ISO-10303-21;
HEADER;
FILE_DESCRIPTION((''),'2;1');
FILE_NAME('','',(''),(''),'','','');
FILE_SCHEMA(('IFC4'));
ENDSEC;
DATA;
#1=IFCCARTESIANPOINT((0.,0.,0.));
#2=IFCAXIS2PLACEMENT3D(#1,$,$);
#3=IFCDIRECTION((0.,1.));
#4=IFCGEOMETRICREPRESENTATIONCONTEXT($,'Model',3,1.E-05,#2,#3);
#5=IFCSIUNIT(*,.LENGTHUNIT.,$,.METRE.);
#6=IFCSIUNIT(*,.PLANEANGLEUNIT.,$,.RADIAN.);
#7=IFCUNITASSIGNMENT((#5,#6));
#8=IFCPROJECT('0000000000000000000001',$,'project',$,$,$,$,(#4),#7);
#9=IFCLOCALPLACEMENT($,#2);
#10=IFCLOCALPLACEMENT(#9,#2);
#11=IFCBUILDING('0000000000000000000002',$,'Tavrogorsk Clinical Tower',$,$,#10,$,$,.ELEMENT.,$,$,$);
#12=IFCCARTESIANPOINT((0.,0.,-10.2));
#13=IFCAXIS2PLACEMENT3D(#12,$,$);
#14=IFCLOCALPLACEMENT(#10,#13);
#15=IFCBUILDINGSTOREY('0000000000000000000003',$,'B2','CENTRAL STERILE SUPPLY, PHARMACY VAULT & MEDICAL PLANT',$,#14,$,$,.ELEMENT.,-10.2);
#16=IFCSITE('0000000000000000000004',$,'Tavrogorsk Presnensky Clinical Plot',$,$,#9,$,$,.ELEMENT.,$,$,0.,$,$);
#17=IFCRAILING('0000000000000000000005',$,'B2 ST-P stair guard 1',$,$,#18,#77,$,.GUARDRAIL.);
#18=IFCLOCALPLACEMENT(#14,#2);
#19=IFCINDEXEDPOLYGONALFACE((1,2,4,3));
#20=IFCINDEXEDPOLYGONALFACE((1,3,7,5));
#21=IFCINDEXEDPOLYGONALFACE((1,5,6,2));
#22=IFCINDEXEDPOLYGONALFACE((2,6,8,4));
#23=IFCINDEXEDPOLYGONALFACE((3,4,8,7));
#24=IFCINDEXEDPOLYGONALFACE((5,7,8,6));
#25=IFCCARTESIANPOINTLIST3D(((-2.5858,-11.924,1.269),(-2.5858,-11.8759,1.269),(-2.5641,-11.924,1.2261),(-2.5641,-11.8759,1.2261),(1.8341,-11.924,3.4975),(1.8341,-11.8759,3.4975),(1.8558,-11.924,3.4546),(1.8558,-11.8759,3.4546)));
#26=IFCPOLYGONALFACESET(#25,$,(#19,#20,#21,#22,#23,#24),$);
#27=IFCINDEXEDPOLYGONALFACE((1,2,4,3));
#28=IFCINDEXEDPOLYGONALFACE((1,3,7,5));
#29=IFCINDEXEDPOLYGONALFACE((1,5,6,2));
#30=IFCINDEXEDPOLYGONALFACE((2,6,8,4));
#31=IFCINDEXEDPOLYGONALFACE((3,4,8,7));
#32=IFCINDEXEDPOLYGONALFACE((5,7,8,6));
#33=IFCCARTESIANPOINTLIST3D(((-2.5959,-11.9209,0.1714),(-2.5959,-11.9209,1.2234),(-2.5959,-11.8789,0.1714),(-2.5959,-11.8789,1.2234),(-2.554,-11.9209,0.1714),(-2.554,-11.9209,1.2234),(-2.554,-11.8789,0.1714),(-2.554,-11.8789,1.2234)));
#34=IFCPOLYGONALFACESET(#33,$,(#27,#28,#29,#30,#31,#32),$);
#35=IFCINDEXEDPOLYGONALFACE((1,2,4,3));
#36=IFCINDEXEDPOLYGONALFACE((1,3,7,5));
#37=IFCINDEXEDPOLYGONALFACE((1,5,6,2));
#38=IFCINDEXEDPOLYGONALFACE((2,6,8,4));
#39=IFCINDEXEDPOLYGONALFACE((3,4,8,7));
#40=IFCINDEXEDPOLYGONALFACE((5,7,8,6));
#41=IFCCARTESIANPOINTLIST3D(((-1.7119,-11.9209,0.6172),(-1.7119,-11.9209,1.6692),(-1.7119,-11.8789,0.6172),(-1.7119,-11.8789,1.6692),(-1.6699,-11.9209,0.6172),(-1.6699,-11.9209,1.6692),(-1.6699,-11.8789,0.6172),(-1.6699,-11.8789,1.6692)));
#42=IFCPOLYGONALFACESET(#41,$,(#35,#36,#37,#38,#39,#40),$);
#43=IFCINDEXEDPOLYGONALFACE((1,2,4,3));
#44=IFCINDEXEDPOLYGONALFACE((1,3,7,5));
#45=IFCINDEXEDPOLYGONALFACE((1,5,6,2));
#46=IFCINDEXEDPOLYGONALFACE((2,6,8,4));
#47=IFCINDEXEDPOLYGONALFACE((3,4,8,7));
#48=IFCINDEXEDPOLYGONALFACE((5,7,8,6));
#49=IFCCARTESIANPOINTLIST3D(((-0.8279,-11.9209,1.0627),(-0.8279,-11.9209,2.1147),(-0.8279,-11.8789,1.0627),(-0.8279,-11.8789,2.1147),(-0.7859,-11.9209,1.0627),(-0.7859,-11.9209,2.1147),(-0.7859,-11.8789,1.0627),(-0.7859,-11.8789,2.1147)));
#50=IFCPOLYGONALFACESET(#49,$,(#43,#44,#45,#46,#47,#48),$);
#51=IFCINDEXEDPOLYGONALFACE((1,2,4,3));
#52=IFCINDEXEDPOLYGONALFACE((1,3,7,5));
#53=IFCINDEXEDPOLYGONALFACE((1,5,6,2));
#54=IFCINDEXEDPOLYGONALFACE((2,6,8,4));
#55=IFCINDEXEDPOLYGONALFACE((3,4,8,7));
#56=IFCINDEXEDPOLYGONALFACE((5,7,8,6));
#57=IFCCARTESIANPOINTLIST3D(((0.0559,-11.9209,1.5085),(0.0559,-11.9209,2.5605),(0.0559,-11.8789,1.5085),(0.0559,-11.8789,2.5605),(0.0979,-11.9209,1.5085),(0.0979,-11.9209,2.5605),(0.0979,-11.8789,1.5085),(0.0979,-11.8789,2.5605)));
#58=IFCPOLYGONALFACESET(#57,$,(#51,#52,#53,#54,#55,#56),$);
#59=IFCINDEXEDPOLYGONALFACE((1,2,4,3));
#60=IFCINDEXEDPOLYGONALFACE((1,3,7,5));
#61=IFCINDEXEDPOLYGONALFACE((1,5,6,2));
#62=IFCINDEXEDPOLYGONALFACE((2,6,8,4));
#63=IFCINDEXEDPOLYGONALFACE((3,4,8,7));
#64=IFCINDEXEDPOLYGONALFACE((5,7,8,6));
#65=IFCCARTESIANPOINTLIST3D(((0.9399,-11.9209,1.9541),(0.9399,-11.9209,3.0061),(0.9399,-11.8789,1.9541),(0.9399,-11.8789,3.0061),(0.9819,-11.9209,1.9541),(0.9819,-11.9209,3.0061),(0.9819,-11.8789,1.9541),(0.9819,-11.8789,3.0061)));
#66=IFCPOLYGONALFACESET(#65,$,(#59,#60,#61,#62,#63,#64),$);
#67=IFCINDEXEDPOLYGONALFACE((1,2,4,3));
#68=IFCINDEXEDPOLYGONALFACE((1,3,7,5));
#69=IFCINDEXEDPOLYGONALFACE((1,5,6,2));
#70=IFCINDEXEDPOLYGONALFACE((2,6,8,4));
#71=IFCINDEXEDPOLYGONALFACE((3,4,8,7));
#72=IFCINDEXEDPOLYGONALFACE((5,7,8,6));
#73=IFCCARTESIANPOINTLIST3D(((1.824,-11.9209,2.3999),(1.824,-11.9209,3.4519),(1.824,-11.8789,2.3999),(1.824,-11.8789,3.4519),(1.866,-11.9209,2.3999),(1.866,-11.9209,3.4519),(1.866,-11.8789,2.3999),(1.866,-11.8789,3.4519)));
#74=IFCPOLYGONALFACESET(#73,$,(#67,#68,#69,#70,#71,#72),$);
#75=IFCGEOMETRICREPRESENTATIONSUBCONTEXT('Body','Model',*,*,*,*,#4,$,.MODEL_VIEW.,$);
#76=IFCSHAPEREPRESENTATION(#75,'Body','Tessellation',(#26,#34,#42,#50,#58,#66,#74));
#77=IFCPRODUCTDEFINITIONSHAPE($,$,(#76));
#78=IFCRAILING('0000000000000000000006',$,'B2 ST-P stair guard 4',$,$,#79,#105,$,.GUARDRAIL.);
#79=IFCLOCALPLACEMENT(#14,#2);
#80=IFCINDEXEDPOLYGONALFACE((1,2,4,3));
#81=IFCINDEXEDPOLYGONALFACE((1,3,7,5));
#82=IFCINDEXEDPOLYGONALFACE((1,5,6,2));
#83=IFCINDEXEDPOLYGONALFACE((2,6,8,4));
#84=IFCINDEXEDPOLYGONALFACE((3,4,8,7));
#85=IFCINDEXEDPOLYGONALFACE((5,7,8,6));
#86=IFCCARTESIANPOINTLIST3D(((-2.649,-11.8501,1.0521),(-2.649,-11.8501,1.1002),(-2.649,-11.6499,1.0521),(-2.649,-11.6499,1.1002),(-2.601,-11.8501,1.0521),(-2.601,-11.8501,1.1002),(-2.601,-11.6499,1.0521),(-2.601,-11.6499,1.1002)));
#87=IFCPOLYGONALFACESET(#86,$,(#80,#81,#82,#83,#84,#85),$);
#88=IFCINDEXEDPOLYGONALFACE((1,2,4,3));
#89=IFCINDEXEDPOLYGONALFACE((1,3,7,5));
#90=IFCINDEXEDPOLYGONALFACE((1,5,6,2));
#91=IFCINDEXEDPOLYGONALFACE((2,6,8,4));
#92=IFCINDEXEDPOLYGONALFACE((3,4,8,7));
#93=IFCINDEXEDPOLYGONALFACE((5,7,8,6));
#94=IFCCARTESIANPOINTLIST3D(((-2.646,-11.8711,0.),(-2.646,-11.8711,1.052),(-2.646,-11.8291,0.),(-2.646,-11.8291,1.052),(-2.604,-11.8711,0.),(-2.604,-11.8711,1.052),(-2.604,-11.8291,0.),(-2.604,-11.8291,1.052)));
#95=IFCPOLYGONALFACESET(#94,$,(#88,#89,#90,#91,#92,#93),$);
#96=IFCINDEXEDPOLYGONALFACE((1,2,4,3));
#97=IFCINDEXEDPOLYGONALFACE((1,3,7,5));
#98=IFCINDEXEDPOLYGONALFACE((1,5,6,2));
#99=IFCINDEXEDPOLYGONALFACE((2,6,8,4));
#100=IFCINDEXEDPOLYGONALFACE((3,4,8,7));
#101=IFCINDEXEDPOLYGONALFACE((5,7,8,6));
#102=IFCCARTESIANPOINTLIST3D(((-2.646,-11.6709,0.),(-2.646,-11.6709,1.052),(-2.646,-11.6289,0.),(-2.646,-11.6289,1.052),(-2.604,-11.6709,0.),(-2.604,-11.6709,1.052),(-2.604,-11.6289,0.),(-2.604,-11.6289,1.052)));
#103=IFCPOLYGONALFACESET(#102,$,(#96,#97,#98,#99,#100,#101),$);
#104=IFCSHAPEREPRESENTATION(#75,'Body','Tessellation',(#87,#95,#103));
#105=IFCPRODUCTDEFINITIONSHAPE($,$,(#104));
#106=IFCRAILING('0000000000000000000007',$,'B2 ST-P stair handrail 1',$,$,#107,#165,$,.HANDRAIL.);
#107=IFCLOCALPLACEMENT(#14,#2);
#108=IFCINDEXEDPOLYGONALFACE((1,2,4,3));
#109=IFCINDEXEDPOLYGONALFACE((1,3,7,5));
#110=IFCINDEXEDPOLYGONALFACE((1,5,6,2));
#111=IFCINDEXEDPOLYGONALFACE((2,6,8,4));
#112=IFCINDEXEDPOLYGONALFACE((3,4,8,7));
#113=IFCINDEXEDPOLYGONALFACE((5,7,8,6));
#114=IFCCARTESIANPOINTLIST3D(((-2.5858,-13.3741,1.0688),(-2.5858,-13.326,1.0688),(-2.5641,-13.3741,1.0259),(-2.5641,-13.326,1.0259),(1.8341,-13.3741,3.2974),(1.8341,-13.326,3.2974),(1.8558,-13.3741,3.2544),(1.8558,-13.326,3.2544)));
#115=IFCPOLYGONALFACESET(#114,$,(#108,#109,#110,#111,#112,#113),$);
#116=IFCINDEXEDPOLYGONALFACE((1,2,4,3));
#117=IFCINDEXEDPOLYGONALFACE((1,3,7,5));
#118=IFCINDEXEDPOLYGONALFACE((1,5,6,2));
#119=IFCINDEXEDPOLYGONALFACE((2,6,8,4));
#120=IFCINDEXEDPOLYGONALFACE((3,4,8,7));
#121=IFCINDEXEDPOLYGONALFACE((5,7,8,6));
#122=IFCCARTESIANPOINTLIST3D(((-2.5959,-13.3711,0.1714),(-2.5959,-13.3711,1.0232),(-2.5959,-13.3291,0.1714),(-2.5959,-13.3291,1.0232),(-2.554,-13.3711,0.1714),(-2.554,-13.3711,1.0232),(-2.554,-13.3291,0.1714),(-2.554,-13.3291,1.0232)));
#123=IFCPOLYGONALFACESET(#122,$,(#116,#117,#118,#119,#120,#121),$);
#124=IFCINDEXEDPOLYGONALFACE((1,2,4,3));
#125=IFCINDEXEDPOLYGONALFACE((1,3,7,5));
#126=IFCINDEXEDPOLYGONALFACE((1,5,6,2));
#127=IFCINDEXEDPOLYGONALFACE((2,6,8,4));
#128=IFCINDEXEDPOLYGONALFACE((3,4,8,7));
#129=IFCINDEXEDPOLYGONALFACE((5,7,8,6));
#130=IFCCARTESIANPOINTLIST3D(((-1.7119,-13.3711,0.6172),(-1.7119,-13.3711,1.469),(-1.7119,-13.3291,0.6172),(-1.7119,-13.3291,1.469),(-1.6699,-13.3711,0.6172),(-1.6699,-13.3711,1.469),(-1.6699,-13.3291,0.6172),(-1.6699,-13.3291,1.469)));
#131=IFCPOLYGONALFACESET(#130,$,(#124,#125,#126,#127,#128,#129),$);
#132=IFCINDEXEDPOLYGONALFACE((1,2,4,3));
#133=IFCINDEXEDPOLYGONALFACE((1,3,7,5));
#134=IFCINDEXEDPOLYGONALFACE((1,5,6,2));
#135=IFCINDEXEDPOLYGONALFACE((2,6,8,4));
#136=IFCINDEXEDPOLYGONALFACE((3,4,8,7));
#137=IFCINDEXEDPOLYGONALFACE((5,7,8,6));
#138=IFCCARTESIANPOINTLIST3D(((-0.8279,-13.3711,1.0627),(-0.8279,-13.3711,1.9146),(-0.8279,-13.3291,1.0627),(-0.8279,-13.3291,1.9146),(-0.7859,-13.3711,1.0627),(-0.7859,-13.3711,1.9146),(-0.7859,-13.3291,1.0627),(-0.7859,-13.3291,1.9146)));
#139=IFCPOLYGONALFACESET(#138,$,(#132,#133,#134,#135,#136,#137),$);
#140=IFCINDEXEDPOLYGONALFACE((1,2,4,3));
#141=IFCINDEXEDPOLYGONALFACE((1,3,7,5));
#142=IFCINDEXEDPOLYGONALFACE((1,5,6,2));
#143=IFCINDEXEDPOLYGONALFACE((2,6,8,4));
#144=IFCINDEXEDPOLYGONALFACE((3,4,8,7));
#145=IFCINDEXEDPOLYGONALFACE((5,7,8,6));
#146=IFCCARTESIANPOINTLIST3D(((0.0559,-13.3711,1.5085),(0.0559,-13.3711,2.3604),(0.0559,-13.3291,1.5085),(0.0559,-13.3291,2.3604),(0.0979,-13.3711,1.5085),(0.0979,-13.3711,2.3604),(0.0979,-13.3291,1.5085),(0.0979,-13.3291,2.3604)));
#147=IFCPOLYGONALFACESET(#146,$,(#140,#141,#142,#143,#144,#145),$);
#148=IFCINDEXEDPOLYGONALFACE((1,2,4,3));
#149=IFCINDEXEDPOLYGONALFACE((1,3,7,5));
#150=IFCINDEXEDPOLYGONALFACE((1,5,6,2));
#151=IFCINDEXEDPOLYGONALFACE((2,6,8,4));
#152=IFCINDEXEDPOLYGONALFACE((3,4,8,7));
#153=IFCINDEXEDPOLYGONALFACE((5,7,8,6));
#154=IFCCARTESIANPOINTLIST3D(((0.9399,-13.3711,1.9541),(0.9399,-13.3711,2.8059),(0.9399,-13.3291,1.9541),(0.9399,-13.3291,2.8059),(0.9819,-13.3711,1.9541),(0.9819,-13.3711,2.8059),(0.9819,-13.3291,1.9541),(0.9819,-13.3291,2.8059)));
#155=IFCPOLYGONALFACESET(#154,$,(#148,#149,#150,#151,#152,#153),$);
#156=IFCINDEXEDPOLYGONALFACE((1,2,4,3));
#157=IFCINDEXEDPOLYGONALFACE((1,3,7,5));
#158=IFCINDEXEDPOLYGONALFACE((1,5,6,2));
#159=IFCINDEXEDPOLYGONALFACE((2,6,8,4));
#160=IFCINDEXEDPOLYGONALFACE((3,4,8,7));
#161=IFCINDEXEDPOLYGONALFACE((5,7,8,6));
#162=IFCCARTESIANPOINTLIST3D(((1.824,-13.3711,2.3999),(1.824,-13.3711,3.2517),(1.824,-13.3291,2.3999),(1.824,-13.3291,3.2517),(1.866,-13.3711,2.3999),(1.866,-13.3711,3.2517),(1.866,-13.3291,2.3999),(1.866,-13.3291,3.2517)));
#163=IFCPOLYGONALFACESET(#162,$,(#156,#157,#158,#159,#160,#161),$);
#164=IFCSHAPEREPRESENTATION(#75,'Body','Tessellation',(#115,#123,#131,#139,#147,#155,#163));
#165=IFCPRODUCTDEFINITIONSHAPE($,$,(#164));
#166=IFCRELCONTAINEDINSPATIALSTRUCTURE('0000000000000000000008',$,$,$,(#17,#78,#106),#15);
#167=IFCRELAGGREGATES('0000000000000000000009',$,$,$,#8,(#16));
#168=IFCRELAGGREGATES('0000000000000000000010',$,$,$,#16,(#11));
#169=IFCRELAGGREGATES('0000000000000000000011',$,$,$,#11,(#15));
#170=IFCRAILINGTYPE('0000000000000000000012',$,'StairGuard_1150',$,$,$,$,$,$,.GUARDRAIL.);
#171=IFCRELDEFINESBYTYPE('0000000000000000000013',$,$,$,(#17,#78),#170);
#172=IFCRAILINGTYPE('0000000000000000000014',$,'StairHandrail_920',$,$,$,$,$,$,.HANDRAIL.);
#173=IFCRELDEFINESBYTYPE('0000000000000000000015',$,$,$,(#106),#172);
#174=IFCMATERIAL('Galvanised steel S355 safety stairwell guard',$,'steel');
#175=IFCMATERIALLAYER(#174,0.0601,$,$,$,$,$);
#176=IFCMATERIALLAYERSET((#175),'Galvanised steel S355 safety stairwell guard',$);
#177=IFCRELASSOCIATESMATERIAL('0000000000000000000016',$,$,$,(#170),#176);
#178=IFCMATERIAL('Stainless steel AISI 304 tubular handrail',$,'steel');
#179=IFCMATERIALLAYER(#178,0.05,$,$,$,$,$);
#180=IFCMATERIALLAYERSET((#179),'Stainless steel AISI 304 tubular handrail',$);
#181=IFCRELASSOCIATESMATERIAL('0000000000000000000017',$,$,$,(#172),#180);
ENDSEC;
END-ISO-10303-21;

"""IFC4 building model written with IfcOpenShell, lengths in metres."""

from ifc_helpers import new_model, si_unit, direction, frame, origin, origin_2d, place, context, subcontext, project, spatial, rectangle, extrude, material, layer, layer_set, type_object, element, save


model = new_model("IFC4")

# Units and contexts
model_context = context("Model", 3, precision=1e-05, world=origin(), true_north=direction((0.0, 1.0)))
body_context = subcontext(model_context, "Body", "Model", "MODEL_VIEW")
ifc_project = project(units=[si_unit("LENGTHUNIT", "METRE"), si_unit("PLANEANGLEUNIT", "RADIAN")], contexts=[model_context])

# Site, building, storey
site_placement = place(None, origin())
site = spatial("IfcSite", under=ifc_project, at=site_placement, Name="Tavrogorsk Presnensky Clinical Plot", CompositionType="ELEMENT", RefElevation=0.0)
building_placement = place(site_placement, origin())
building = spatial("IfcBuilding", under=site, at=building_placement, Name="Tavrogorsk Clinical Tower", CompositionType="ELEMENT")
storey_placement = place(building_placement, frame((0.0, 0.0, -10.2)))
storey = spatial("IfcBuildingStorey", under=building, at=storey_placement, Name="B2", Description="CENTRAL STERILE SUPPLY, PHARMACY VAULT & MEDICAL PLANT", CompositionType="ELEMENT", Elevation=-10.2)

# Railings
ifc_material_1 = material(Name="Galvanised steel S355 safety stairwell guard", Category="steel")
ifc_layer_1 = layer(ifc_material_1, 0.0601)
ifc_layer_set_1 = layer_set([ifc_layer_1], Name="Galvanised steel S355 safety stairwell guard")
railing_type_1 = type_object("IfcRailingType", Name="StairGuard_1150", PredefinedType="GUARDRAIL", material=ifc_layer_set_1)
railing_1_placement = place(storey_placement, frame((-2.575, -11.8999, 0.1714)))
element("IfcRailing", 1, at=railing_1_placement, inside=storey, type_object=railing_type_1, Name="B2 ST-P stair guard 1", PredefinedType="GUARDRAIL", context=body_context, shape_type="SweptSolid", body=[
    extrude(rectangle(XDim=0.0481, YDim=0.0481, at=origin_2d()), frame((0.0, 0.0, 1.0762), z_axis=(0.892923, 0.0, 0.45021), x_axis=(0.0, 1.0, 0.0)), (0.0, 0.0, 1.0), 4.95),
    extrude(rectangle(XDim=0.042, YDim=0.042, at=origin_2d()), origin(), (0.0, 0.0, 1.0), 1.052),
    extrude(rectangle(XDim=0.042, YDim=0.042, at=origin_2d()), frame((0.884, 0.0, 0.4458)), (0.0, 0.0, 1.0), 1.052),
    extrude(rectangle(XDim=0.042, YDim=0.042, at=origin_2d()), frame((1.7681, 0.0, 0.8914)), (0.0, 0.0, 1.0), 1.052),
    extrude(rectangle(XDim=0.042, YDim=0.042, at=origin_2d()), frame((2.6519, 0.0, 1.3372)), (0.0, 0.0, 1.0), 1.052),
    extrude(rectangle(XDim=0.042, YDim=0.042, at=origin_2d()), frame((3.5359, 0.0, 1.7827)), (0.0, 0.0, 1.0), 1.052),
    extrude(rectangle(XDim=0.042, YDim=0.042, at=origin_2d()), frame((4.4199, 0.0, 2.2285)), (0.0, 0.0, 1.0), 1.052),
])
railing_2_placement = place(storey_placement, frame((-2.625, -11.8501, 0.0)))
element("IfcRailing", 2, at=railing_2_placement, inside=storey, type_object=railing_type_1, Name="B2 ST-P stair guard 4", PredefinedType="GUARDRAIL", context=body_context, shape_type="SweptSolid", body=[
    extrude(rectangle(XDim=0.0481, YDim=0.0481, at=origin_2d()), frame((0.0, 0.0, 1.0762), z_axis=(0.0, 1.0, 0.0), x_axis=(-1.0, 0.0, 0.0)), (0.0, 0.0, 1.0), 0.2002),
    extrude(rectangle(XDim=0.042, YDim=0.042, at=origin_2d()), origin(), (0.0, 0.0, 1.0), 1.052),
    extrude(rectangle(XDim=0.042, YDim=0.042, at=origin_2d()), frame((0.0, 0.2002, 0.0)), (0.0, 0.0, 1.0), 1.052),
])
ifc_material_2 = material(Name="Stainless steel AISI 304 tubular handrail", Category="steel")
ifc_layer_2 = layer(ifc_material_2, 0.05)
ifc_layer_set_2 = layer_set([ifc_layer_2], Name="Stainless steel AISI 304 tubular handrail")
railing_type_2 = type_object("IfcRailingType", Name="StairHandrail_920", PredefinedType="HANDRAIL", material=ifc_layer_set_2)
railing_3_placement = place(storey_placement, frame((-2.575, -13.3501, 0.1714)))
element("IfcRailing", 3, at=railing_3_placement, inside=storey, type_object=railing_type_2, Name="B2 ST-P stair handrail 1", PredefinedType="HANDRAIL", context=body_context, shape_type="SweptSolid", body=[
    extrude(rectangle(XDim=0.0481, YDim=0.0481, at=origin_2d()), frame((0.0, 0.0, 0.876), z_axis=(0.892923, 0.0, 0.45021), x_axis=(0.0, 1.0, 0.0)), (0.0, 0.0, 1.0), 4.95),
    extrude(rectangle(XDim=0.042, YDim=0.042, at=origin_2d()), origin(), (0.0, 0.0, 1.0), 0.8518),
    extrude(rectangle(XDim=0.042, YDim=0.042, at=origin_2d()), frame((0.884, 0.0, 0.4458)), (0.0, 0.0, 1.0), 0.8518),
    extrude(rectangle(XDim=0.042, YDim=0.042, at=origin_2d()), frame((1.7681, 0.0, 0.8914)), (0.0, 0.0, 1.0), 0.8518),
    extrude(rectangle(XDim=0.042, YDim=0.042, at=origin_2d()), frame((2.6519, 0.0, 1.3372)), (0.0, 0.0, 1.0), 0.8518),
    extrude(rectangle(XDim=0.042, YDim=0.042, at=origin_2d()), frame((3.5359, 0.0, 1.7827)), (0.0, 0.0, 1.0), 0.8518),
    extrude(rectangle(XDim=0.042, YDim=0.042, at=origin_2d()), frame((4.4199, 0.0, 2.2285)), (0.0, 0.0, 1.0), 0.8518),
])

save(model, "model.ifc")
